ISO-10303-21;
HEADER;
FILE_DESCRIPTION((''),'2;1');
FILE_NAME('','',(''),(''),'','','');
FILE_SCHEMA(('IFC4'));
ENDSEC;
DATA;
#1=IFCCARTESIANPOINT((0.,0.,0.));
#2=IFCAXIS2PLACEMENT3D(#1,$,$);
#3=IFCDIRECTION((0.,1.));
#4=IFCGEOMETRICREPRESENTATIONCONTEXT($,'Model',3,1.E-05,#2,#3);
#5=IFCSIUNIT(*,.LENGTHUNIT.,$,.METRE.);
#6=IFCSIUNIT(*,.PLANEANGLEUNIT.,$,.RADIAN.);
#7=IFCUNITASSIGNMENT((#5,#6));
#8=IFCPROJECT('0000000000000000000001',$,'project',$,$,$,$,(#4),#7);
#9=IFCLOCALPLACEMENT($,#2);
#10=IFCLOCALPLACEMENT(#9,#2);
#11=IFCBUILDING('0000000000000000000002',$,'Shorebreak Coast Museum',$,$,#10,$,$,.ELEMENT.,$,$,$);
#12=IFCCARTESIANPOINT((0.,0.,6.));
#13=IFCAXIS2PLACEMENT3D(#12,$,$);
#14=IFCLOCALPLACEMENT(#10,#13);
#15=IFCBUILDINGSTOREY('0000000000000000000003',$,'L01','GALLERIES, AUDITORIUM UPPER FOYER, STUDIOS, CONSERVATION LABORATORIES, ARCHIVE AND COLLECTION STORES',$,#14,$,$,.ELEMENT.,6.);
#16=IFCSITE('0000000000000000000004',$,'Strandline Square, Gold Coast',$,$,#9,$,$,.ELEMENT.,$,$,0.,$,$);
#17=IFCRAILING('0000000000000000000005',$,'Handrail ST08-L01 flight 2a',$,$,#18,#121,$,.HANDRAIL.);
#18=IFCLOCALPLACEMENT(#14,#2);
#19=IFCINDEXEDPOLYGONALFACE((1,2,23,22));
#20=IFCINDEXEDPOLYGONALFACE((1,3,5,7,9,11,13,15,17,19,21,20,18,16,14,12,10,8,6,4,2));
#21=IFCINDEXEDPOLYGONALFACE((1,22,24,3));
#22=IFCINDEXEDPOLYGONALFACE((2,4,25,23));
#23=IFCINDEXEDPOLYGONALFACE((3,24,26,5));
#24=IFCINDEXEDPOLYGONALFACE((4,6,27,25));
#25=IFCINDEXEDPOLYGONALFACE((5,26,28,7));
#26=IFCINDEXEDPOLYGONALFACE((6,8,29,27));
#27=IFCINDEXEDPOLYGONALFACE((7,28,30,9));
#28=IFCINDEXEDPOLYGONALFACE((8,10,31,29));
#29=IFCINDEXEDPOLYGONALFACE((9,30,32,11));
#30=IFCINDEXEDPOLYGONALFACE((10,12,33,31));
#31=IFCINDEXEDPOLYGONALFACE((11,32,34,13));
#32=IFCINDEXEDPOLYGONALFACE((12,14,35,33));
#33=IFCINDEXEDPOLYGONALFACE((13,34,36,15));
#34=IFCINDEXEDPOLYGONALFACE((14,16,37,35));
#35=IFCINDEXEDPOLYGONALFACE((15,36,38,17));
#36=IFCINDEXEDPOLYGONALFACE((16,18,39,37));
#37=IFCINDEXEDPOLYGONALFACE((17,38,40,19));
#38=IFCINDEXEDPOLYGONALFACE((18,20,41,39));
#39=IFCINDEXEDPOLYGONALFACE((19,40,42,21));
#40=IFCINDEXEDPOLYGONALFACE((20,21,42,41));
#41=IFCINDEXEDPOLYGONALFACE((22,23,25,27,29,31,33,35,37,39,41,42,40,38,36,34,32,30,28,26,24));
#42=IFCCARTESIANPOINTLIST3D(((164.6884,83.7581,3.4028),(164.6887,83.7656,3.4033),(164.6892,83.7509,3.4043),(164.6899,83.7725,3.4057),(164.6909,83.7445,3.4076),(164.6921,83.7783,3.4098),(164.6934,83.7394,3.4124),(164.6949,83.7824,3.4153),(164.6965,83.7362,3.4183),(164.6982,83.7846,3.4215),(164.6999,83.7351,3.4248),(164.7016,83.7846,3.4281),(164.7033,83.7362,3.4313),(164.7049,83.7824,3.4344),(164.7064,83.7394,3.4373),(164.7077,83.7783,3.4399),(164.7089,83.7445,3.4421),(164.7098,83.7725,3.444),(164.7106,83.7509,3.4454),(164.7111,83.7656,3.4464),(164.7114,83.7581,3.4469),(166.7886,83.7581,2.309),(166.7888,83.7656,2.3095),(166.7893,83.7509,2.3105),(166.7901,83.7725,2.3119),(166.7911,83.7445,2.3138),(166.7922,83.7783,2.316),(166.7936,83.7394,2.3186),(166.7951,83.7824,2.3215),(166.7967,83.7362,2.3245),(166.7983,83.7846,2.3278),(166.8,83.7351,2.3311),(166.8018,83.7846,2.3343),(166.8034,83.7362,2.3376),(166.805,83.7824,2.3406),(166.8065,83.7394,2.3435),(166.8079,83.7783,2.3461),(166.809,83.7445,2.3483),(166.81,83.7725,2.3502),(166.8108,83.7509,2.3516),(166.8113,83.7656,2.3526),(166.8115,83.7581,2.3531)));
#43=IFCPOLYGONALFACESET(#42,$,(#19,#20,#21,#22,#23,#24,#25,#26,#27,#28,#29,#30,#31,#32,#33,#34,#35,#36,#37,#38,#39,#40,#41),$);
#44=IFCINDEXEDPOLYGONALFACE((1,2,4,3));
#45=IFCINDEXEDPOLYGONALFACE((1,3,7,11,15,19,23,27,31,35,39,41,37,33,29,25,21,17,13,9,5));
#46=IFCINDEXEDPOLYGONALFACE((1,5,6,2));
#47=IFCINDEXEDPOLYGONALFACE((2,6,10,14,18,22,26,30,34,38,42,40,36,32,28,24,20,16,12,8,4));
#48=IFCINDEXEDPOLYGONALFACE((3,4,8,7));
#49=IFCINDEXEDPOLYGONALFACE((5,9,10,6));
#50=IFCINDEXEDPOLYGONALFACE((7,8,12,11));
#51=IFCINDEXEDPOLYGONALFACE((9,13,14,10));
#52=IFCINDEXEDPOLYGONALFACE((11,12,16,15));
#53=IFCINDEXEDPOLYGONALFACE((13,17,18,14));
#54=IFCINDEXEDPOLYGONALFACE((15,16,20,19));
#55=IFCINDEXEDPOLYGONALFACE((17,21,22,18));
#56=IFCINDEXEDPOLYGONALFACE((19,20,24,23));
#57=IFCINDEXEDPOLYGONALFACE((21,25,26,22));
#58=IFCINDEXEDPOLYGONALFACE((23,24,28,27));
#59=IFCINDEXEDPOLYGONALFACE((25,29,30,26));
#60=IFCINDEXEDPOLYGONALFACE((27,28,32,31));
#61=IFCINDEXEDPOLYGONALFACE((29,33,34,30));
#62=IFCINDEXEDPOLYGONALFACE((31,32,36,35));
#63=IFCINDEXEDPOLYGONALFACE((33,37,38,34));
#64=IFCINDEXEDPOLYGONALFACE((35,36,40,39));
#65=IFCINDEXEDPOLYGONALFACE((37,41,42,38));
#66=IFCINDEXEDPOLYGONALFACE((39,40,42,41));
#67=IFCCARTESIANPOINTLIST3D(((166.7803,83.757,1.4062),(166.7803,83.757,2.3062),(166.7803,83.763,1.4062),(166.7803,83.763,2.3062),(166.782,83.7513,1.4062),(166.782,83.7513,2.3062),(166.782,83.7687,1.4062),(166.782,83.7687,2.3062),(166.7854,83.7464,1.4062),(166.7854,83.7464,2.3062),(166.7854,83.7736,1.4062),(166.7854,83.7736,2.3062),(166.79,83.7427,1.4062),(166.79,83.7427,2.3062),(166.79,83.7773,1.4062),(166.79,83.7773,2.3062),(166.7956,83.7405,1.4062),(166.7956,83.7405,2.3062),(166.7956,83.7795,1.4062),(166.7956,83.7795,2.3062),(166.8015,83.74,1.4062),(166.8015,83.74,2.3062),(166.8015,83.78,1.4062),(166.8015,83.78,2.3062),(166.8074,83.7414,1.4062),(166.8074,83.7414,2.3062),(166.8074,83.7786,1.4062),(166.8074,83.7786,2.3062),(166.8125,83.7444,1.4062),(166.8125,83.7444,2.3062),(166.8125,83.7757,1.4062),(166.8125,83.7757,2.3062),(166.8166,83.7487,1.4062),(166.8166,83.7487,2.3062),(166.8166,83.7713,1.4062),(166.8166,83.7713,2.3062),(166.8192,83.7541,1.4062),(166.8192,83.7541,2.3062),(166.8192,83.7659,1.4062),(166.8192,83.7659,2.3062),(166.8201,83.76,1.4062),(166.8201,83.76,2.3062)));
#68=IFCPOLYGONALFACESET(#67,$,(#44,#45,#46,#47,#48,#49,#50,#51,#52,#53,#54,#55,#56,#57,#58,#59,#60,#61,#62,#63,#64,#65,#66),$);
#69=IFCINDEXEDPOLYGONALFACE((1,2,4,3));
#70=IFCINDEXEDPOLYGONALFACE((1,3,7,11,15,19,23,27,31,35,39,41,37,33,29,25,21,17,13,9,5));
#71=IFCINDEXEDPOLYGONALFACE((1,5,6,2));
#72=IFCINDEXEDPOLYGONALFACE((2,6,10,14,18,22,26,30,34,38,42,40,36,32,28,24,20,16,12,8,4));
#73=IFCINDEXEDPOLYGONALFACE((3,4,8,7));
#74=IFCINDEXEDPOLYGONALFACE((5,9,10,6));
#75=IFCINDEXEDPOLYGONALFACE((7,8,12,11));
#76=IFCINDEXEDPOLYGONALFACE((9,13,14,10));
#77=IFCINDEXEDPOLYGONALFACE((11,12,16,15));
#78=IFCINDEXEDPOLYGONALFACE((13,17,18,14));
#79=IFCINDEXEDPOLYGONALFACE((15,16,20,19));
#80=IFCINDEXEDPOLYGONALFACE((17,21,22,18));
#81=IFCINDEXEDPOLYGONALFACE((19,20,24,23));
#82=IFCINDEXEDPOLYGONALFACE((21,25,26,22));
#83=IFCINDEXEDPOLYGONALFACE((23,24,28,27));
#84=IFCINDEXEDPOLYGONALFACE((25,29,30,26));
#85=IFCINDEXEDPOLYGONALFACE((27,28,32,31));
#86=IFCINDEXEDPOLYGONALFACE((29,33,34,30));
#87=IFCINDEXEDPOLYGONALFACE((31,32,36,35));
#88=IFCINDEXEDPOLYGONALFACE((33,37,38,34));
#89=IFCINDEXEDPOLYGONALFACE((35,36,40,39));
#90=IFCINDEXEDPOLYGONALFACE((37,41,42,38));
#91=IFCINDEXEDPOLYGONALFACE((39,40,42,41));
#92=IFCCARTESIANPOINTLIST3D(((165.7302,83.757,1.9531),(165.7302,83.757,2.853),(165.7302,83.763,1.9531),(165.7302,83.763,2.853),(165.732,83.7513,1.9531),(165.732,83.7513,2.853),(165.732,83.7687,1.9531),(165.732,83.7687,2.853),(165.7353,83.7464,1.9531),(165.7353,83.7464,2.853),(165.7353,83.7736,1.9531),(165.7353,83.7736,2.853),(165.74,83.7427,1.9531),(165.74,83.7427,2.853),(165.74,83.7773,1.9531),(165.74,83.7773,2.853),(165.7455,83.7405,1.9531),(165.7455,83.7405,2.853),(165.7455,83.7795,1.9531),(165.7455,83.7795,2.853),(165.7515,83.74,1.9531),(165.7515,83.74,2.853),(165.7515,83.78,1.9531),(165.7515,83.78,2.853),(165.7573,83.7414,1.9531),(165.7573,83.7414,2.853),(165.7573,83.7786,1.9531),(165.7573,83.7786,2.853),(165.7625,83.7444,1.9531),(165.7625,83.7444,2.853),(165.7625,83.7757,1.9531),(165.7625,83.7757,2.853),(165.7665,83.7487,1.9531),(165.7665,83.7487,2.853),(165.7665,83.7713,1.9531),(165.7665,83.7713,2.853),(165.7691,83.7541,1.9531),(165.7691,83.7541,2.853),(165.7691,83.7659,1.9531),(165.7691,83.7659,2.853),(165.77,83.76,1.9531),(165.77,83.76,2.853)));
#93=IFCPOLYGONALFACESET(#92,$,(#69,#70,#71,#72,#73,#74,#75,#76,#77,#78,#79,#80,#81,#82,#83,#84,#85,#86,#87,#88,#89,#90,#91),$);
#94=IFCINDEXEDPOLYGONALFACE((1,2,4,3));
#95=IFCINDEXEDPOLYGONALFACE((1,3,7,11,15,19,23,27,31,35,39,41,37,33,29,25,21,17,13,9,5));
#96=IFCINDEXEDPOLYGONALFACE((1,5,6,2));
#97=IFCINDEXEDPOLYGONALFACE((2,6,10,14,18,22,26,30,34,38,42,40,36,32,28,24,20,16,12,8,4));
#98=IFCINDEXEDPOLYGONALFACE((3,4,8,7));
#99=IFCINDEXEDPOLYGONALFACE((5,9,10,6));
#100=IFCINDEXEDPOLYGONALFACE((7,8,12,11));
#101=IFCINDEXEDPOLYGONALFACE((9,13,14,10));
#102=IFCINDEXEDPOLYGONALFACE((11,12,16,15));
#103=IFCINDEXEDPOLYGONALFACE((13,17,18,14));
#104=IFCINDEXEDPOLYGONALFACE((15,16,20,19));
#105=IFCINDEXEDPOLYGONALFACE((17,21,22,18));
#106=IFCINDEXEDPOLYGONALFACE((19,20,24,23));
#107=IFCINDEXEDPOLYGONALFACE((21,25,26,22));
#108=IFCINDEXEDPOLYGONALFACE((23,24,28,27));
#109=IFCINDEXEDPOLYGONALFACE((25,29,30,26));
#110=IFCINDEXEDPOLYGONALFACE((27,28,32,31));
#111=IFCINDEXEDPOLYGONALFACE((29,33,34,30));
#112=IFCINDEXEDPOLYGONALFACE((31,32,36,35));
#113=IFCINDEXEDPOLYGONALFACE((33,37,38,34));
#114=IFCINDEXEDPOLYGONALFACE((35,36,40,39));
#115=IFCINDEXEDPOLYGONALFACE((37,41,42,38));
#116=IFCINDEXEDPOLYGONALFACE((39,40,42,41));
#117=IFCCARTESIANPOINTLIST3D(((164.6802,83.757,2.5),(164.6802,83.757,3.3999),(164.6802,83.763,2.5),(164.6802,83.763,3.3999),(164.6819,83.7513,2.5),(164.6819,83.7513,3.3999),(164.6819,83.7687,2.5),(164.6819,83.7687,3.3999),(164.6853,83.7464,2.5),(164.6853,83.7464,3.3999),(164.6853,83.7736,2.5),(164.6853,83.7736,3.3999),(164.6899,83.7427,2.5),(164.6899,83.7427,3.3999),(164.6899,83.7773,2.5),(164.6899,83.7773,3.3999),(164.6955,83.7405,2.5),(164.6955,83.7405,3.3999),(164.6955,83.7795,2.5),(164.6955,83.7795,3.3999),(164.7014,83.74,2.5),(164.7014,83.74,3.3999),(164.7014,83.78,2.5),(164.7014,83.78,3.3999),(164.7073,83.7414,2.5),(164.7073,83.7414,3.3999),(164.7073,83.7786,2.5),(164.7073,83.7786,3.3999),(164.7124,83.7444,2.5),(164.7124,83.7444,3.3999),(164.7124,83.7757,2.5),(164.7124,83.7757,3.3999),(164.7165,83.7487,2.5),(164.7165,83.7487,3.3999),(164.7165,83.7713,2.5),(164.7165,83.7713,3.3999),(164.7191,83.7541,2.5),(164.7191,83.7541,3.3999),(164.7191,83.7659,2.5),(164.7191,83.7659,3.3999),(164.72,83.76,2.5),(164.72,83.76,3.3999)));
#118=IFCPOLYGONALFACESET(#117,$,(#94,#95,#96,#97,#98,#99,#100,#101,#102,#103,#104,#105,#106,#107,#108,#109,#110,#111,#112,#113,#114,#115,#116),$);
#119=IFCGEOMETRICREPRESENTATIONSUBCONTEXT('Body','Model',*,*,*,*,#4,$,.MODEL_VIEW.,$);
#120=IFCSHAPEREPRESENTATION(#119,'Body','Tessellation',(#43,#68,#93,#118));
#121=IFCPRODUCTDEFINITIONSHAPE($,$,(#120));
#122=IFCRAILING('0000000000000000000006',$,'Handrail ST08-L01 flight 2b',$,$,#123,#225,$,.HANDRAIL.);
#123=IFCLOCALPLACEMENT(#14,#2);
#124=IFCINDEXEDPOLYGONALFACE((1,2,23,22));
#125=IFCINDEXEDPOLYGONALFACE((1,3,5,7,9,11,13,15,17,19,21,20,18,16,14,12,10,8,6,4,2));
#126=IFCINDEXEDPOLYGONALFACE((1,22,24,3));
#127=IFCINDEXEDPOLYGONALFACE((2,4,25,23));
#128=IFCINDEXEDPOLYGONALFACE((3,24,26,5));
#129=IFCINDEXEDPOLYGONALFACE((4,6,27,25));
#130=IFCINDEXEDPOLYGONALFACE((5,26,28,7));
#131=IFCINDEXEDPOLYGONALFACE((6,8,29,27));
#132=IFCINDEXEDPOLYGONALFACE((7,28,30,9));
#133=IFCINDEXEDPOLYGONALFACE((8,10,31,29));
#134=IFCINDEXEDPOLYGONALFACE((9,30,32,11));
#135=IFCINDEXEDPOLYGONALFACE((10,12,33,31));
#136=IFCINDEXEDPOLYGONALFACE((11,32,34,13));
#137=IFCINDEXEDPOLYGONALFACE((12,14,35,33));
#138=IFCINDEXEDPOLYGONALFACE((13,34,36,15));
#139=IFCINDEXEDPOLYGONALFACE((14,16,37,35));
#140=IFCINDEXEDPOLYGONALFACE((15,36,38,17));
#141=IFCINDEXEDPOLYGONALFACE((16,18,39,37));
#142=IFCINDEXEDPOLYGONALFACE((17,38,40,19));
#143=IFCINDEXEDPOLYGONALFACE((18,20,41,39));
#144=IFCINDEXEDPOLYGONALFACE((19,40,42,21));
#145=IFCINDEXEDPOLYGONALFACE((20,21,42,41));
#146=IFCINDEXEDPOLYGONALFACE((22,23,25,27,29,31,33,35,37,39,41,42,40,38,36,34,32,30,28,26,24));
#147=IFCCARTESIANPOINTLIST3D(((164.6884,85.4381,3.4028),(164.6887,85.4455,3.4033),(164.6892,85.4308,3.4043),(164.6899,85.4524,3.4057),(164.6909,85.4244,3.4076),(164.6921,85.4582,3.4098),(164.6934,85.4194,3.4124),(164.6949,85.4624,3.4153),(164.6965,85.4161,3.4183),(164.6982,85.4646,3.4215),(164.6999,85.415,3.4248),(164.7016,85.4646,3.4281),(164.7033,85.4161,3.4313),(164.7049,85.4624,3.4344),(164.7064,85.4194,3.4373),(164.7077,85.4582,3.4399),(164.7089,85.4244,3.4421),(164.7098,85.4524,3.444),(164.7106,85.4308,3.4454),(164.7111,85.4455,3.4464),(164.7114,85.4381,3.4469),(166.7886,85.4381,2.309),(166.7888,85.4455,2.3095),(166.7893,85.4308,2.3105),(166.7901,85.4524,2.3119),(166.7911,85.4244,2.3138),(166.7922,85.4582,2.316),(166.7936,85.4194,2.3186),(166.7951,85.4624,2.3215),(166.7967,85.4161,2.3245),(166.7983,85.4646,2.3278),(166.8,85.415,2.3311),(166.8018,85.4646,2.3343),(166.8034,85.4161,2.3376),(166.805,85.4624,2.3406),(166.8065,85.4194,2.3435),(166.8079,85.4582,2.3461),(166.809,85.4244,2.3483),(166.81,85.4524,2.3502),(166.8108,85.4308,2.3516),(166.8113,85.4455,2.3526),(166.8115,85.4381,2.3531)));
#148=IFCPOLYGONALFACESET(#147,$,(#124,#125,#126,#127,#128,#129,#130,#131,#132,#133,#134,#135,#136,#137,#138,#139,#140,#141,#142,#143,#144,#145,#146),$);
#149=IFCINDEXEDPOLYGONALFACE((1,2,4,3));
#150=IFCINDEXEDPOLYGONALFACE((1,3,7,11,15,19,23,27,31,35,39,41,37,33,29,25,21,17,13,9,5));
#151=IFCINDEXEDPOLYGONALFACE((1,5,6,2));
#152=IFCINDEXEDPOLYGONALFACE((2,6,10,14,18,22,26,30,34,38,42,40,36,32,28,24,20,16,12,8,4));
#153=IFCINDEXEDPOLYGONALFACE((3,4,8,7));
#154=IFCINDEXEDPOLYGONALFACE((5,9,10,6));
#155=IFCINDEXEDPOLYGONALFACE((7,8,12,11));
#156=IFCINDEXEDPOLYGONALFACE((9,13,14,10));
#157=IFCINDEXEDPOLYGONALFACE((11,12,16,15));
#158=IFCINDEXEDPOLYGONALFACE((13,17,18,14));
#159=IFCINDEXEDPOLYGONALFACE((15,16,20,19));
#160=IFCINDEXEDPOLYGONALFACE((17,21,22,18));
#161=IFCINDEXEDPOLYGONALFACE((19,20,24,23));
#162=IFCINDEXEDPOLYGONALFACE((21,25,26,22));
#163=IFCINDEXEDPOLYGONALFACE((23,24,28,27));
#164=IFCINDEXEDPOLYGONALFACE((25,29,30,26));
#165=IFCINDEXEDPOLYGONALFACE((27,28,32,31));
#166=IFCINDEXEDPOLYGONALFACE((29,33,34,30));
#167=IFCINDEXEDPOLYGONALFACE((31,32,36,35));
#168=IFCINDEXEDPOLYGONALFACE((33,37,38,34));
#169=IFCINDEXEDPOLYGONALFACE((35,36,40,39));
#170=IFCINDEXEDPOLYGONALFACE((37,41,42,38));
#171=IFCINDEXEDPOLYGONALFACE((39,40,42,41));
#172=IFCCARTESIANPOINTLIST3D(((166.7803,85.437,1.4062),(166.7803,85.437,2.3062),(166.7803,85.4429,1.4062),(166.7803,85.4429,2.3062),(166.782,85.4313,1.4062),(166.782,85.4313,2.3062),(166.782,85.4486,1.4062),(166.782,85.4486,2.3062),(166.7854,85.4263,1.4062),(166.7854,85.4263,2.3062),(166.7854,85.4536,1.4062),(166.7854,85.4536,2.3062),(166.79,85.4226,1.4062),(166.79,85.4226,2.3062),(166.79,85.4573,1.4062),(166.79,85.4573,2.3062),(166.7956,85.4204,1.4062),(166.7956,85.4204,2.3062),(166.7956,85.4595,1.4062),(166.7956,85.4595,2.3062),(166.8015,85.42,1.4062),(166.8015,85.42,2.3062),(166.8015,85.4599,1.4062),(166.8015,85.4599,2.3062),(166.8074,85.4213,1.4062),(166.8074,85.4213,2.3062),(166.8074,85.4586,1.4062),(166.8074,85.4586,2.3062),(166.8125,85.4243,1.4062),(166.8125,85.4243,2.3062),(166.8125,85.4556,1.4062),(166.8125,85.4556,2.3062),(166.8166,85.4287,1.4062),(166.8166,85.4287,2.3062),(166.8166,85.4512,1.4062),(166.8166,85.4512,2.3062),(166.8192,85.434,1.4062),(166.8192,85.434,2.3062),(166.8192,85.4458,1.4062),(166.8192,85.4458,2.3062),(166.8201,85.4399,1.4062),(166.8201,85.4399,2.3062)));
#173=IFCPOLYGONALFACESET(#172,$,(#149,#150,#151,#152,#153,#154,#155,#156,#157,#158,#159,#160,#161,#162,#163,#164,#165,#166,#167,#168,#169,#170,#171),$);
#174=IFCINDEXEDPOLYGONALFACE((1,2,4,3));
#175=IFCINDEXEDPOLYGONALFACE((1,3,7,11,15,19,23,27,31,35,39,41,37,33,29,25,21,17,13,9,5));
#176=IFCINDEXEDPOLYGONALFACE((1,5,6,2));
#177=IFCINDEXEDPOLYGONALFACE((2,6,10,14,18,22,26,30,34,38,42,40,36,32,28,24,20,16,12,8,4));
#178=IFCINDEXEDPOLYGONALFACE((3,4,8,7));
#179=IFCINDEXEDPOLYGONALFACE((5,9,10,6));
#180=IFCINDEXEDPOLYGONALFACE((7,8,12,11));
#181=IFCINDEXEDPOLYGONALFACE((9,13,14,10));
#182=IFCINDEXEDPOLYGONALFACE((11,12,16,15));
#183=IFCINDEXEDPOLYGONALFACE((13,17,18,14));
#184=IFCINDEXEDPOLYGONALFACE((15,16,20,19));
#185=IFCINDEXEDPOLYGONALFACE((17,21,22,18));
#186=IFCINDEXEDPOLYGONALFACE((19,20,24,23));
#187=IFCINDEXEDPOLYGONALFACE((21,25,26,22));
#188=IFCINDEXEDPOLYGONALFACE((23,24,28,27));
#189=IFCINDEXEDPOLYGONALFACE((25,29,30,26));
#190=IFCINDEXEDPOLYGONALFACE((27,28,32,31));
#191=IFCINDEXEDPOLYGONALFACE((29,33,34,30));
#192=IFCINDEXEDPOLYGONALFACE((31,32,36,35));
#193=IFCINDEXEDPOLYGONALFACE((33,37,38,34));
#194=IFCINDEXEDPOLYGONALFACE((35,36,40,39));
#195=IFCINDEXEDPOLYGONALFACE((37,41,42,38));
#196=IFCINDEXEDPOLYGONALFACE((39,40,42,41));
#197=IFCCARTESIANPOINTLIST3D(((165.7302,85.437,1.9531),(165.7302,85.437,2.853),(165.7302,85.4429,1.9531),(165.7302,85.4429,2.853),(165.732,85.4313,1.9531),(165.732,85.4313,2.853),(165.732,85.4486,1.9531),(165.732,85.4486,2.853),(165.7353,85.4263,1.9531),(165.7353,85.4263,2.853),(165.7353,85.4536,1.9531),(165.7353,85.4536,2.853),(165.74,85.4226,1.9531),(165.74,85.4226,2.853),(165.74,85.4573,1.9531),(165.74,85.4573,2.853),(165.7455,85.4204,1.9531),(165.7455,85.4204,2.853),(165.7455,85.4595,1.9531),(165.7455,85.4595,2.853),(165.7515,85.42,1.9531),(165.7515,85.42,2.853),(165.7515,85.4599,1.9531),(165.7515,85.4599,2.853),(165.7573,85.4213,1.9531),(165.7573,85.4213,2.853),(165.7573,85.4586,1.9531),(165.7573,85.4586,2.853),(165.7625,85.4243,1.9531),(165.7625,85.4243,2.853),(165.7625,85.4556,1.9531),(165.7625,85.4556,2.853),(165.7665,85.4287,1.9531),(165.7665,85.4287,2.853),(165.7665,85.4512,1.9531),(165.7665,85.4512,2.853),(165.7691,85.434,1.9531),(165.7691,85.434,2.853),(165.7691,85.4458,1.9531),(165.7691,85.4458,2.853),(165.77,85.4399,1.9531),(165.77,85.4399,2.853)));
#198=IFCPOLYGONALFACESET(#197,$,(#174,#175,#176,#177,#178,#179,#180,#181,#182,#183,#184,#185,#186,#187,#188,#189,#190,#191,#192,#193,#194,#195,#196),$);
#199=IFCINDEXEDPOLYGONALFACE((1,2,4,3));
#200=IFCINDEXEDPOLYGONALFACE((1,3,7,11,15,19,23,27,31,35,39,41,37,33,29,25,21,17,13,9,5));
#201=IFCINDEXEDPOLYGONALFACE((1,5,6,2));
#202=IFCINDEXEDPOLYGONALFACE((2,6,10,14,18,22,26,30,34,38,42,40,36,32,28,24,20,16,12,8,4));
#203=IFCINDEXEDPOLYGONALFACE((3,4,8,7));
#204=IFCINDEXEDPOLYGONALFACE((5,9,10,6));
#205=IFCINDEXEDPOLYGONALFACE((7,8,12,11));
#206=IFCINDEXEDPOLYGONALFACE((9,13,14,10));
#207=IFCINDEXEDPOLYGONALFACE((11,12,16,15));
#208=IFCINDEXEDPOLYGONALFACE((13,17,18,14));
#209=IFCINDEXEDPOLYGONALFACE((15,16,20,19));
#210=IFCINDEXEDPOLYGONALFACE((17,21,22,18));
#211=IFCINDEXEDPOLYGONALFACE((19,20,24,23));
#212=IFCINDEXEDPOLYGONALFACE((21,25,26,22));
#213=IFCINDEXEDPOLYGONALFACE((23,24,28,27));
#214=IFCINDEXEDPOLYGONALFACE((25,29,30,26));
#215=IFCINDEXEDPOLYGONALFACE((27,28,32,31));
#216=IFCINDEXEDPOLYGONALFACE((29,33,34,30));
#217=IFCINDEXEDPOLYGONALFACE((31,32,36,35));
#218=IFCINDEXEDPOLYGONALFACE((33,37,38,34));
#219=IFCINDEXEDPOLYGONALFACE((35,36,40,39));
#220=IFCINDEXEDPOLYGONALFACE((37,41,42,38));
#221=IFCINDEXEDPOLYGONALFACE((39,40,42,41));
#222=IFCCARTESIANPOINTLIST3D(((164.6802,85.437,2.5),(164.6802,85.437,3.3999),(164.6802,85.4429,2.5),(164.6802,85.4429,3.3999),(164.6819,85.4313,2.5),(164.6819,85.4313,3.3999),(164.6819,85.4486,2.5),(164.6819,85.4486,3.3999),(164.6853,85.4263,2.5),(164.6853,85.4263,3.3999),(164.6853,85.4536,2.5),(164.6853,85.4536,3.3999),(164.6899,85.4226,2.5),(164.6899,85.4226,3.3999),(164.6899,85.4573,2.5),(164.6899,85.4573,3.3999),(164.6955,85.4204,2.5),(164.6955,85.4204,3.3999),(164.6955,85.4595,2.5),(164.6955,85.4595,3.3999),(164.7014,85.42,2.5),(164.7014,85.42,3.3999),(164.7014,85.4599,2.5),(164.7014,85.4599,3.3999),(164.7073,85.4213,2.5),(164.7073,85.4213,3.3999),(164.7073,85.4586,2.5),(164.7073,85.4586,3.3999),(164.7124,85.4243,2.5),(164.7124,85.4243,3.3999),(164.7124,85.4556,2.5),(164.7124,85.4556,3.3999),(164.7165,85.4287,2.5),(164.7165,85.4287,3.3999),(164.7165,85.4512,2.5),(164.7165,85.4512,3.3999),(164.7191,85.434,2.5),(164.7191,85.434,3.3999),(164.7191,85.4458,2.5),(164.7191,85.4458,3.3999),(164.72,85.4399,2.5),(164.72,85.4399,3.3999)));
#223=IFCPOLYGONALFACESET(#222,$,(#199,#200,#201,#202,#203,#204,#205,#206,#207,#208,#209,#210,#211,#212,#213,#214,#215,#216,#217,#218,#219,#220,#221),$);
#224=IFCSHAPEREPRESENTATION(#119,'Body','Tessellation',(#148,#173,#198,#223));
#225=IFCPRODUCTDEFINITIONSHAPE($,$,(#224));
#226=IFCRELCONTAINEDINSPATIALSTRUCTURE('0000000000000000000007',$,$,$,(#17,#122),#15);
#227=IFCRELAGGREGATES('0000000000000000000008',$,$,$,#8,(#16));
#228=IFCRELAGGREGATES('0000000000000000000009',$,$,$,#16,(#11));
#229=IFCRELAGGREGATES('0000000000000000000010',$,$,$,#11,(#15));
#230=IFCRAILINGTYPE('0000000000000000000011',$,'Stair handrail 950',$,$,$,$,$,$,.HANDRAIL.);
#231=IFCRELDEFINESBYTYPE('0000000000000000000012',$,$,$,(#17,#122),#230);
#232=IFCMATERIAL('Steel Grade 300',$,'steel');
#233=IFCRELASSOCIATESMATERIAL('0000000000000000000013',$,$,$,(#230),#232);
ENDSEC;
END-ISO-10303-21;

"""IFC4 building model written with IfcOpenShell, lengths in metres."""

from ifc_helpers import new_model, si_unit, direction, frame, origin, origin_2d, place, context, subcontext, project, spatial, circle, extrude, material, type_object, element, save


model = new_model("IFC4")

# Units and contexts
model_context = context("Model", 3, precision=1e-05, world=origin(), true_north=direction((0.0, 1.0)))
body_context = subcontext(model_context, "Body", "Model", "MODEL_VIEW")
ifc_project = project(units=[si_unit("LENGTHUNIT", "METRE"), si_unit("PLANEANGLEUNIT", "RADIAN")], contexts=[model_context])

# Site, building, storey
site_placement = place(None, origin())
site = spatial("IfcSite", under=ifc_project, at=site_placement, Name="Strandline Square, Gold Coast", CompositionType="ELEMENT", RefElevation=0.0)
building_placement = place(site_placement, origin())
building = spatial("IfcBuilding", under=site, at=building_placement, Name="Shorebreak Coast Museum", CompositionType="ELEMENT")
storey_placement = place(building_placement, frame((0.0, 0.0, 6.0)))
storey = spatial("IfcBuildingStorey", under=building, at=storey_placement, Name="L01", Description="GALLERIES, AUDITORIUM UPPER FOYER, STUDIOS, CONSERVATION LABORATORIES, ARCHIVE AND COLLECTION STORES", CompositionType="ELEMENT", Elevation=6.0)

# Railings
ifc_material_1 = material(Name="Steel Grade 300", Category="steel")
railing_type_1 = type_object("IfcRailingType", Name="Stair handrail 950", PredefinedType="HANDRAIL", material=ifc_material_1)
for number, where, name in (
    (1, (166.8, 83.76, 1.4062), "Handrail ST08-L01 flight 2a"),
    (2, (166.8, 85.4399, 1.4062), "Handrail ST08-L01 flight 2b"),
):
    element("IfcRailing", number, at=place(storey_placement, frame(where)), inside=storey, type_object=railing_type_1, Name=name, PredefinedType="HANDRAIL", context=body_context, shape_type="SweptSolid", body=[
        extrude(circle(Radius=0.0249, at=origin_2d()), frame((0.0, 0.0, 0.9248), z_axis=(-0.886923, 0.0, 0.461918), x_axis=(0.0, -1.0, 0.0)), (0.0, 0.0, 1.0), 2.3679),
        extrude(circle(Radius=0.02, at=origin_2d()), origin(), (0.0, 0.0, 1.0), 0.8999),
        extrude(circle(Radius=0.02, at=origin_2d()), frame((-1.05, 0.0, 0.5469)), (0.0, 0.0, 1.0), 0.8999),
        extrude(circle(Radius=0.02, at=origin_2d()), frame((-2.1001, 0.0, 1.0938)), (0.0, 0.0, 1.0), 0.8999),
    ])

save(model, "model.ifc")
